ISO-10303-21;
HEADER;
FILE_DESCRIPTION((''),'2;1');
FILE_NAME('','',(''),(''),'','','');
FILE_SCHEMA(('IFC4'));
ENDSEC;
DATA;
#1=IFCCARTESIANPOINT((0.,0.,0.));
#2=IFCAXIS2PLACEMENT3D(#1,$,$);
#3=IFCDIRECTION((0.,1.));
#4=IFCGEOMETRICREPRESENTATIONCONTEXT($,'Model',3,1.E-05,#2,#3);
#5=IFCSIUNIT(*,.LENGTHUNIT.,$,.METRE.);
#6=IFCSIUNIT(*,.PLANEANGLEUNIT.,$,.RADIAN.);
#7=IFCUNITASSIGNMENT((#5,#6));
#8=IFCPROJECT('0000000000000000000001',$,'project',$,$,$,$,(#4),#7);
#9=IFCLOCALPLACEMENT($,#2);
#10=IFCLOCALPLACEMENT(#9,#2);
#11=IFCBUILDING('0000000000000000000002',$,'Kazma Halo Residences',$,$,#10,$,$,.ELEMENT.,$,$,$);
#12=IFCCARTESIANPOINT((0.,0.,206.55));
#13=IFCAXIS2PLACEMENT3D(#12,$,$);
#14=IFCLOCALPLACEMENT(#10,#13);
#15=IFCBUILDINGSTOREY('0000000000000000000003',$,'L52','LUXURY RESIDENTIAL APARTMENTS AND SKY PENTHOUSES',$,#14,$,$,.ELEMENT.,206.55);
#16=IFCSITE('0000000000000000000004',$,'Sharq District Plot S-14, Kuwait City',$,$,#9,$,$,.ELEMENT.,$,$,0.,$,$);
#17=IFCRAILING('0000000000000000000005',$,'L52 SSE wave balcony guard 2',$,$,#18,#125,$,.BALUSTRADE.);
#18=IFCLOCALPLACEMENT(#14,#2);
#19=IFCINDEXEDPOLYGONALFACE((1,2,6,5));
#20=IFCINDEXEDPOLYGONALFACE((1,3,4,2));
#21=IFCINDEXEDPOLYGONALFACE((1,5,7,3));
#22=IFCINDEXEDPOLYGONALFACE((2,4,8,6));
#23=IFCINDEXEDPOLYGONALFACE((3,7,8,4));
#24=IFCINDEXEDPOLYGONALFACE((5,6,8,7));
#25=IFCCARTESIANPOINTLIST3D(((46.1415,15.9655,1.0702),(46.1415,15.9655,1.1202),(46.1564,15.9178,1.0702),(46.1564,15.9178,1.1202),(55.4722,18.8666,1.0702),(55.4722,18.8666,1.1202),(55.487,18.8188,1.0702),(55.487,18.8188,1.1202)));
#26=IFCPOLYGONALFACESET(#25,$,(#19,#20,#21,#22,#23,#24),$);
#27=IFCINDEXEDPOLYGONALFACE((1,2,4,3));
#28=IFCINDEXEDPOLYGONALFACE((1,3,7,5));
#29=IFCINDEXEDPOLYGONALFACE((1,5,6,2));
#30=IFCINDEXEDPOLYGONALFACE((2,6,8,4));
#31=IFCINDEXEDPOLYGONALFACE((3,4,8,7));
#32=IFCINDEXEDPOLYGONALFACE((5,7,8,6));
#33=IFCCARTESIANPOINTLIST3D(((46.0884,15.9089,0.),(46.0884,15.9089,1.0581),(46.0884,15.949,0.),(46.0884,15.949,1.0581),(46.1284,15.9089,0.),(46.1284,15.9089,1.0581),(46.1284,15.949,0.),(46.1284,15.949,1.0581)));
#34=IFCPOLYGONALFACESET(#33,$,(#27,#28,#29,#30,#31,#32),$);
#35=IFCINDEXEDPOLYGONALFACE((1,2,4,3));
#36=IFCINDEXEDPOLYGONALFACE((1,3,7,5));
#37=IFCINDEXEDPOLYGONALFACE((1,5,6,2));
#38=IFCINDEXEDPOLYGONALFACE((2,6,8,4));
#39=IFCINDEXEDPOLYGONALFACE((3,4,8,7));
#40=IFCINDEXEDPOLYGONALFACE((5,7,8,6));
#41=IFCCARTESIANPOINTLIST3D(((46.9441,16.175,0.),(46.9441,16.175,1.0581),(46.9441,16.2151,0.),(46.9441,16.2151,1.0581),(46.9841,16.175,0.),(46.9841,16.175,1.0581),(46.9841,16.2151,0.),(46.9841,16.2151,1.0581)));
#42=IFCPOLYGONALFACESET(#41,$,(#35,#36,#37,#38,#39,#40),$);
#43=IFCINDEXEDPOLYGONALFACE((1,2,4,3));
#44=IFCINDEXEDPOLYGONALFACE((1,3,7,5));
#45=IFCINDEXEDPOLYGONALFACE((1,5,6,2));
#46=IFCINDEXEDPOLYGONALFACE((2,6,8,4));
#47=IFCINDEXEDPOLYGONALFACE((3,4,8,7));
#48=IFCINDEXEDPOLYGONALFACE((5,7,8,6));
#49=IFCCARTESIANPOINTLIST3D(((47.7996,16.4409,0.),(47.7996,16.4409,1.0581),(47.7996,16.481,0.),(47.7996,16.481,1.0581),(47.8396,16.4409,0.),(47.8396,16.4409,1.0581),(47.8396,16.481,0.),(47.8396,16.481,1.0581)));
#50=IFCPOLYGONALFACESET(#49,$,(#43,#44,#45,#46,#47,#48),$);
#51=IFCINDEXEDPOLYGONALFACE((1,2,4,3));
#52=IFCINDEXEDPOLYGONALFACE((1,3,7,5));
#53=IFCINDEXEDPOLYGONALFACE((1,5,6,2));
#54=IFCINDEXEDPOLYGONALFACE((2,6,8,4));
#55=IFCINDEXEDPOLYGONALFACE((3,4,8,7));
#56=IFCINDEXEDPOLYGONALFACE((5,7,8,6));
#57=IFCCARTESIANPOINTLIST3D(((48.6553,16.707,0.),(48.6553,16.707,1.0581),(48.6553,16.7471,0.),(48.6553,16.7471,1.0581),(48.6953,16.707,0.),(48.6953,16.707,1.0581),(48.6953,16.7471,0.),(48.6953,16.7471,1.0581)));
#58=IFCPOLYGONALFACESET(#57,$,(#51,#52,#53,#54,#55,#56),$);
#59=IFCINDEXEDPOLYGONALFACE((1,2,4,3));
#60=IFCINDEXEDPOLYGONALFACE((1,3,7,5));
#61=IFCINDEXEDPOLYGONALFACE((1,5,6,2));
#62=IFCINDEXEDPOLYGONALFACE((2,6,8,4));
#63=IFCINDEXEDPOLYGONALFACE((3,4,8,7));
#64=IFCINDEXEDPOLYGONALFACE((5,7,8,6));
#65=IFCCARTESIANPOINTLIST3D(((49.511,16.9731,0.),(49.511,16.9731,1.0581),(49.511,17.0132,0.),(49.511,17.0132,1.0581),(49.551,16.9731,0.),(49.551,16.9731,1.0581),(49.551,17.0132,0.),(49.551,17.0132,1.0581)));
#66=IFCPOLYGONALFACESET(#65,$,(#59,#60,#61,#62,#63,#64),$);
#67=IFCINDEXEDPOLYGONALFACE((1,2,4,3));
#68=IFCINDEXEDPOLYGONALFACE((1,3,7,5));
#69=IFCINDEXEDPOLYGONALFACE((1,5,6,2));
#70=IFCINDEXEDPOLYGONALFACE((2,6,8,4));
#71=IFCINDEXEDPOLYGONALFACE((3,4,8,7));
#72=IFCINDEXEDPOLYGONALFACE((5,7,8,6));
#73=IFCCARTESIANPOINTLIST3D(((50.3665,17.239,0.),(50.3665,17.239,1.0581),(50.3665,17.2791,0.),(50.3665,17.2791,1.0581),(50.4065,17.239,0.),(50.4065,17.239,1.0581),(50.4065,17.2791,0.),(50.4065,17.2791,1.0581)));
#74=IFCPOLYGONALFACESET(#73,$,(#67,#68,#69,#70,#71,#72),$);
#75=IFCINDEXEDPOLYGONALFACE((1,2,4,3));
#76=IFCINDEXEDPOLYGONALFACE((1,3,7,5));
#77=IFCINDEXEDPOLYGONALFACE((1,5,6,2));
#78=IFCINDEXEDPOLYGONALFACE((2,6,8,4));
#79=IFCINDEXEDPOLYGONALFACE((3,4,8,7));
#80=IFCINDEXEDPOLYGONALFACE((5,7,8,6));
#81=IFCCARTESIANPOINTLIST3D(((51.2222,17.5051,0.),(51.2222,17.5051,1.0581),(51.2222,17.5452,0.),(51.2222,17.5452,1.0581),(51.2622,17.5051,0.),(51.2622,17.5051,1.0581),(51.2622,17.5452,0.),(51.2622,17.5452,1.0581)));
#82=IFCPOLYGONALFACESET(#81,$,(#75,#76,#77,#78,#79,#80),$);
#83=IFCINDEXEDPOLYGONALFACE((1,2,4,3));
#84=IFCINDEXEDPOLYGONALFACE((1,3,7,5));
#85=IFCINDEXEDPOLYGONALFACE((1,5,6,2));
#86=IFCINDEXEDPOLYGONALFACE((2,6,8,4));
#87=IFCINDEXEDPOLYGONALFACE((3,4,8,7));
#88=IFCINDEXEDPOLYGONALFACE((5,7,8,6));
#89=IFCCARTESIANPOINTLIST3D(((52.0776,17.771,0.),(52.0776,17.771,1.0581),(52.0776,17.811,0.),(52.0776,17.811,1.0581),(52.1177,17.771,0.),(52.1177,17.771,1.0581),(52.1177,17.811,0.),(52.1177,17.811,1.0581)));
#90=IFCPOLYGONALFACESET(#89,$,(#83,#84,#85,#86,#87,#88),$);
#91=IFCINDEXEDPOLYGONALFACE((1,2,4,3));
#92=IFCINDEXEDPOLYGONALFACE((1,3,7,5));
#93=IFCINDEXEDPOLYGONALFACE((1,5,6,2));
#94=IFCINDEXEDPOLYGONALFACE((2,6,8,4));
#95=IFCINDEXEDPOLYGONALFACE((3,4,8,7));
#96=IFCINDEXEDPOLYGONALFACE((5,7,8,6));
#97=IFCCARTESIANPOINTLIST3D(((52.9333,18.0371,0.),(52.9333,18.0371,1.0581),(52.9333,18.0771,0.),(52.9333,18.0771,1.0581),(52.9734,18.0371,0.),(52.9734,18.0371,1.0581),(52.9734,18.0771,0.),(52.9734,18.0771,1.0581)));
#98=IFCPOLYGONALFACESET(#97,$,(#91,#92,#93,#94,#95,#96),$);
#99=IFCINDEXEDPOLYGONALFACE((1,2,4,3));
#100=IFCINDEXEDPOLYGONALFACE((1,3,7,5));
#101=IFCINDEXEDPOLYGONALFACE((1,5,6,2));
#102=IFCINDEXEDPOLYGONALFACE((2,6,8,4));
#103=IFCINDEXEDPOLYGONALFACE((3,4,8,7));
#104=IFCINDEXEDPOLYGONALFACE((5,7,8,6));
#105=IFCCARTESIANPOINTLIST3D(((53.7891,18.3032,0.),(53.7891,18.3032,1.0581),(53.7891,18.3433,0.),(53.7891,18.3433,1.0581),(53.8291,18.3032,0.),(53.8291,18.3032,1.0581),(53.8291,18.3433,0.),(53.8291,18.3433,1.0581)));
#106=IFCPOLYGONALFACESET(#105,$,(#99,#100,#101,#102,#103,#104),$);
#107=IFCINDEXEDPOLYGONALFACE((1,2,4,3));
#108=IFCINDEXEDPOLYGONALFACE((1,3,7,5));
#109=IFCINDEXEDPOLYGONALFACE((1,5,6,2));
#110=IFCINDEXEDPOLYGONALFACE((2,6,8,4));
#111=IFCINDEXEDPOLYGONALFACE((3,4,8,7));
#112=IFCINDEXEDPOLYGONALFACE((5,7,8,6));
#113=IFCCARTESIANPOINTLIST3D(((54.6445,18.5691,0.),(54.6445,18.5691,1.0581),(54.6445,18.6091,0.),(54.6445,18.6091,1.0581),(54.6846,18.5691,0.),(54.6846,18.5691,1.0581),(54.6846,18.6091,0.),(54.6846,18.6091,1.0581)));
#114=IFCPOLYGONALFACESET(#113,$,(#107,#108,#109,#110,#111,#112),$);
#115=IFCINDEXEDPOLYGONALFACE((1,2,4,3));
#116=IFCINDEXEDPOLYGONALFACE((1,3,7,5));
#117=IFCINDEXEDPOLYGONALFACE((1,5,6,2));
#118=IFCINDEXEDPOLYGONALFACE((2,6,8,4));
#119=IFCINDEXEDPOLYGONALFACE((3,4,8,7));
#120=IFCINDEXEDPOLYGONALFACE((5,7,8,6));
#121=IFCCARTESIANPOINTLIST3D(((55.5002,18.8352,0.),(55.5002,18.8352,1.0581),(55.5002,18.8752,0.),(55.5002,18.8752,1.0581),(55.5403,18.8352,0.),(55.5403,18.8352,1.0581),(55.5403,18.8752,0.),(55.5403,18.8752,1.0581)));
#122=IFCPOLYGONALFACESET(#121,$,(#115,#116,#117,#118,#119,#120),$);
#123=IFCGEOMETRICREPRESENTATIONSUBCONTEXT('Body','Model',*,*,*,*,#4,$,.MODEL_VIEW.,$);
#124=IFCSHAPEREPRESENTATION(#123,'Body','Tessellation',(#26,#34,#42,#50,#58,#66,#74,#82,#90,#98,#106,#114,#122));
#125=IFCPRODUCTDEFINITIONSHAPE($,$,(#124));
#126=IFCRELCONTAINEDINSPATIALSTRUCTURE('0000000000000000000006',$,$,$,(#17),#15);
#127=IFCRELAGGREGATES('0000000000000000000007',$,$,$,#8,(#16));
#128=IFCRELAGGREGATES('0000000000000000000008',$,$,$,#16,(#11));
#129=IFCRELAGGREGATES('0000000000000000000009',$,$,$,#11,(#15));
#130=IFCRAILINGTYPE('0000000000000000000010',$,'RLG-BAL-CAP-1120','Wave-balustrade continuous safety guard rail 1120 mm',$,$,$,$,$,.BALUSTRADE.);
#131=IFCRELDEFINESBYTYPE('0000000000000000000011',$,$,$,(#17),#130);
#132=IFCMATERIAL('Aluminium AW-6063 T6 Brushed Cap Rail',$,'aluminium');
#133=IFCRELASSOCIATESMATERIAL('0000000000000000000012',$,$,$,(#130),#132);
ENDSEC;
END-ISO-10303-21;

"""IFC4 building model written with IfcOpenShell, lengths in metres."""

from ifc_helpers import new_model, si_unit, direction, frame, origin, origin_2d, place, context, subcontext, project, spatial, rectangle, extrude, material, type_object, element, save


model = new_model("IFC4")

# Units and contexts
model_context = context("Model", 3, precision=1e-05, world=origin(), true_north=direction((0.0, 1.0)))
body_context = subcontext(model_context, "Body", "Model", "MODEL_VIEW")
ifc_project = project(units=[si_unit("LENGTHUNIT", "METRE"), si_unit("PLANEANGLEUNIT", "RADIAN")], contexts=[model_context])

# Site, building, storey
site_placement = place(None, origin())
site = spatial("IfcSite", under=ifc_project, at=site_placement, Name="Sharq District Plot S-14, Kuwait City", CompositionType="ELEMENT", RefElevation=0.0)
building_placement = place(site_placement, origin())
building = spatial("IfcBuilding", under=site, at=building_placement, Name="Kazma Halo Residences", CompositionType="ELEMENT")
storey_placement = place(building_placement, frame((0.0, 0.0, 206.55)))
storey = spatial("IfcBuildingStorey", under=building, at=storey_placement, Name="L52", Description="LUXURY RESIDENTIAL APARTMENTS AND SKY PENTHOUSES", CompositionType="ELEMENT", Elevation=206.55)

# Railing
ifc_material_1 = material(Name="Aluminium AW-6063 T6 Brushed Cap Rail", Category="aluminium")
railing_type = type_object("IfcRailingType", Name="RLG-BAL-CAP-1120", Description="Wave-balustrade continuous safety guard rail 1120 mm", PredefinedType="BALUSTRADE", material=ifc_material_1)
railing_1_placement = place(storey_placement, frame((46.1084, 15.929, 0.0)))
element("IfcRailing", 1, at=railing_1_placement, inside=storey, type_object=railing_type, Name="L52 SSE wave balcony guard 2", PredefinedType="BALUSTRADE", context=body_context, shape_type="SweptSolid", body=[
    extrude(rectangle(XDim=0.05, YDim=0.05, at=origin_2d()), frame((0.0405, 0.0127, 1.0952), z_axis=(0.95491, 0.296894, 0.0), x_axis=(-0.296894, 0.95491, 0.0)), (0.0, 0.0, 1.0), 9.7712),
    extrude(rectangle(XDim=0.04, YDim=0.04, at=origin_2d()), origin(), (0.0, 0.0, 1.0), 1.0581),
    extrude(rectangle(XDim=0.04, YDim=0.04, at=origin_2d()), frame((0.8557, 0.2661, 0.0)), (0.0, 0.0, 1.0), 1.0581),
    extrude(rectangle(XDim=0.04, YDim=0.04, at=origin_2d()), frame((1.7112, 0.532, 0.0)), (0.0, 0.0, 1.0), 1.0581),
    extrude(rectangle(XDim=0.04, YDim=0.04, at=origin_2d()), frame((2.5669, 0.7981, 0.0)), (0.0, 0.0, 1.0), 1.0581),
    extrude(rectangle(XDim=0.04, YDim=0.04, at=origin_2d()), frame((3.4226, 1.0642, 0.0)), (0.0, 0.0, 1.0), 1.0581),
    extrude(rectangle(XDim=0.04, YDim=0.04, at=origin_2d()), frame((4.2781, 1.3301, 0.0)), (0.0, 0.0, 1.0), 1.0581),
    extrude(rectangle(XDim=0.04, YDim=0.04, at=origin_2d()), frame((5.1338, 1.5962, 0.0)), (0.0, 0.0, 1.0), 1.0581),
    extrude(rectangle(XDim=0.04, YDim=0.04, at=origin_2d()), frame((5.9893, 1.8621, 0.0)), (0.0, 0.0, 1.0), 1.0581),
    extrude(rectangle(XDim=0.04, YDim=0.04, at=origin_2d()), frame((6.845, 2.1282, 0.0)), (0.0, 0.0, 1.0), 1.0581),
    extrude(rectangle(XDim=0.04, YDim=0.04, at=origin_2d()), frame((7.7007, 2.3943, 0.0)), (0.0, 0.0, 1.0), 1.0581),
    extrude(rectangle(XDim=0.04, YDim=0.04, at=origin_2d()), frame((8.5562, 2.6602, 0.0)), (0.0, 0.0, 1.0), 1.0581),
    extrude(rectangle(XDim=0.04, YDim=0.04, at=origin_2d()), frame((9.4119, 2.9263, 0.0)), (0.0, 0.0, 1.0), 1.0581),
])

save(model, "model.ifc")
